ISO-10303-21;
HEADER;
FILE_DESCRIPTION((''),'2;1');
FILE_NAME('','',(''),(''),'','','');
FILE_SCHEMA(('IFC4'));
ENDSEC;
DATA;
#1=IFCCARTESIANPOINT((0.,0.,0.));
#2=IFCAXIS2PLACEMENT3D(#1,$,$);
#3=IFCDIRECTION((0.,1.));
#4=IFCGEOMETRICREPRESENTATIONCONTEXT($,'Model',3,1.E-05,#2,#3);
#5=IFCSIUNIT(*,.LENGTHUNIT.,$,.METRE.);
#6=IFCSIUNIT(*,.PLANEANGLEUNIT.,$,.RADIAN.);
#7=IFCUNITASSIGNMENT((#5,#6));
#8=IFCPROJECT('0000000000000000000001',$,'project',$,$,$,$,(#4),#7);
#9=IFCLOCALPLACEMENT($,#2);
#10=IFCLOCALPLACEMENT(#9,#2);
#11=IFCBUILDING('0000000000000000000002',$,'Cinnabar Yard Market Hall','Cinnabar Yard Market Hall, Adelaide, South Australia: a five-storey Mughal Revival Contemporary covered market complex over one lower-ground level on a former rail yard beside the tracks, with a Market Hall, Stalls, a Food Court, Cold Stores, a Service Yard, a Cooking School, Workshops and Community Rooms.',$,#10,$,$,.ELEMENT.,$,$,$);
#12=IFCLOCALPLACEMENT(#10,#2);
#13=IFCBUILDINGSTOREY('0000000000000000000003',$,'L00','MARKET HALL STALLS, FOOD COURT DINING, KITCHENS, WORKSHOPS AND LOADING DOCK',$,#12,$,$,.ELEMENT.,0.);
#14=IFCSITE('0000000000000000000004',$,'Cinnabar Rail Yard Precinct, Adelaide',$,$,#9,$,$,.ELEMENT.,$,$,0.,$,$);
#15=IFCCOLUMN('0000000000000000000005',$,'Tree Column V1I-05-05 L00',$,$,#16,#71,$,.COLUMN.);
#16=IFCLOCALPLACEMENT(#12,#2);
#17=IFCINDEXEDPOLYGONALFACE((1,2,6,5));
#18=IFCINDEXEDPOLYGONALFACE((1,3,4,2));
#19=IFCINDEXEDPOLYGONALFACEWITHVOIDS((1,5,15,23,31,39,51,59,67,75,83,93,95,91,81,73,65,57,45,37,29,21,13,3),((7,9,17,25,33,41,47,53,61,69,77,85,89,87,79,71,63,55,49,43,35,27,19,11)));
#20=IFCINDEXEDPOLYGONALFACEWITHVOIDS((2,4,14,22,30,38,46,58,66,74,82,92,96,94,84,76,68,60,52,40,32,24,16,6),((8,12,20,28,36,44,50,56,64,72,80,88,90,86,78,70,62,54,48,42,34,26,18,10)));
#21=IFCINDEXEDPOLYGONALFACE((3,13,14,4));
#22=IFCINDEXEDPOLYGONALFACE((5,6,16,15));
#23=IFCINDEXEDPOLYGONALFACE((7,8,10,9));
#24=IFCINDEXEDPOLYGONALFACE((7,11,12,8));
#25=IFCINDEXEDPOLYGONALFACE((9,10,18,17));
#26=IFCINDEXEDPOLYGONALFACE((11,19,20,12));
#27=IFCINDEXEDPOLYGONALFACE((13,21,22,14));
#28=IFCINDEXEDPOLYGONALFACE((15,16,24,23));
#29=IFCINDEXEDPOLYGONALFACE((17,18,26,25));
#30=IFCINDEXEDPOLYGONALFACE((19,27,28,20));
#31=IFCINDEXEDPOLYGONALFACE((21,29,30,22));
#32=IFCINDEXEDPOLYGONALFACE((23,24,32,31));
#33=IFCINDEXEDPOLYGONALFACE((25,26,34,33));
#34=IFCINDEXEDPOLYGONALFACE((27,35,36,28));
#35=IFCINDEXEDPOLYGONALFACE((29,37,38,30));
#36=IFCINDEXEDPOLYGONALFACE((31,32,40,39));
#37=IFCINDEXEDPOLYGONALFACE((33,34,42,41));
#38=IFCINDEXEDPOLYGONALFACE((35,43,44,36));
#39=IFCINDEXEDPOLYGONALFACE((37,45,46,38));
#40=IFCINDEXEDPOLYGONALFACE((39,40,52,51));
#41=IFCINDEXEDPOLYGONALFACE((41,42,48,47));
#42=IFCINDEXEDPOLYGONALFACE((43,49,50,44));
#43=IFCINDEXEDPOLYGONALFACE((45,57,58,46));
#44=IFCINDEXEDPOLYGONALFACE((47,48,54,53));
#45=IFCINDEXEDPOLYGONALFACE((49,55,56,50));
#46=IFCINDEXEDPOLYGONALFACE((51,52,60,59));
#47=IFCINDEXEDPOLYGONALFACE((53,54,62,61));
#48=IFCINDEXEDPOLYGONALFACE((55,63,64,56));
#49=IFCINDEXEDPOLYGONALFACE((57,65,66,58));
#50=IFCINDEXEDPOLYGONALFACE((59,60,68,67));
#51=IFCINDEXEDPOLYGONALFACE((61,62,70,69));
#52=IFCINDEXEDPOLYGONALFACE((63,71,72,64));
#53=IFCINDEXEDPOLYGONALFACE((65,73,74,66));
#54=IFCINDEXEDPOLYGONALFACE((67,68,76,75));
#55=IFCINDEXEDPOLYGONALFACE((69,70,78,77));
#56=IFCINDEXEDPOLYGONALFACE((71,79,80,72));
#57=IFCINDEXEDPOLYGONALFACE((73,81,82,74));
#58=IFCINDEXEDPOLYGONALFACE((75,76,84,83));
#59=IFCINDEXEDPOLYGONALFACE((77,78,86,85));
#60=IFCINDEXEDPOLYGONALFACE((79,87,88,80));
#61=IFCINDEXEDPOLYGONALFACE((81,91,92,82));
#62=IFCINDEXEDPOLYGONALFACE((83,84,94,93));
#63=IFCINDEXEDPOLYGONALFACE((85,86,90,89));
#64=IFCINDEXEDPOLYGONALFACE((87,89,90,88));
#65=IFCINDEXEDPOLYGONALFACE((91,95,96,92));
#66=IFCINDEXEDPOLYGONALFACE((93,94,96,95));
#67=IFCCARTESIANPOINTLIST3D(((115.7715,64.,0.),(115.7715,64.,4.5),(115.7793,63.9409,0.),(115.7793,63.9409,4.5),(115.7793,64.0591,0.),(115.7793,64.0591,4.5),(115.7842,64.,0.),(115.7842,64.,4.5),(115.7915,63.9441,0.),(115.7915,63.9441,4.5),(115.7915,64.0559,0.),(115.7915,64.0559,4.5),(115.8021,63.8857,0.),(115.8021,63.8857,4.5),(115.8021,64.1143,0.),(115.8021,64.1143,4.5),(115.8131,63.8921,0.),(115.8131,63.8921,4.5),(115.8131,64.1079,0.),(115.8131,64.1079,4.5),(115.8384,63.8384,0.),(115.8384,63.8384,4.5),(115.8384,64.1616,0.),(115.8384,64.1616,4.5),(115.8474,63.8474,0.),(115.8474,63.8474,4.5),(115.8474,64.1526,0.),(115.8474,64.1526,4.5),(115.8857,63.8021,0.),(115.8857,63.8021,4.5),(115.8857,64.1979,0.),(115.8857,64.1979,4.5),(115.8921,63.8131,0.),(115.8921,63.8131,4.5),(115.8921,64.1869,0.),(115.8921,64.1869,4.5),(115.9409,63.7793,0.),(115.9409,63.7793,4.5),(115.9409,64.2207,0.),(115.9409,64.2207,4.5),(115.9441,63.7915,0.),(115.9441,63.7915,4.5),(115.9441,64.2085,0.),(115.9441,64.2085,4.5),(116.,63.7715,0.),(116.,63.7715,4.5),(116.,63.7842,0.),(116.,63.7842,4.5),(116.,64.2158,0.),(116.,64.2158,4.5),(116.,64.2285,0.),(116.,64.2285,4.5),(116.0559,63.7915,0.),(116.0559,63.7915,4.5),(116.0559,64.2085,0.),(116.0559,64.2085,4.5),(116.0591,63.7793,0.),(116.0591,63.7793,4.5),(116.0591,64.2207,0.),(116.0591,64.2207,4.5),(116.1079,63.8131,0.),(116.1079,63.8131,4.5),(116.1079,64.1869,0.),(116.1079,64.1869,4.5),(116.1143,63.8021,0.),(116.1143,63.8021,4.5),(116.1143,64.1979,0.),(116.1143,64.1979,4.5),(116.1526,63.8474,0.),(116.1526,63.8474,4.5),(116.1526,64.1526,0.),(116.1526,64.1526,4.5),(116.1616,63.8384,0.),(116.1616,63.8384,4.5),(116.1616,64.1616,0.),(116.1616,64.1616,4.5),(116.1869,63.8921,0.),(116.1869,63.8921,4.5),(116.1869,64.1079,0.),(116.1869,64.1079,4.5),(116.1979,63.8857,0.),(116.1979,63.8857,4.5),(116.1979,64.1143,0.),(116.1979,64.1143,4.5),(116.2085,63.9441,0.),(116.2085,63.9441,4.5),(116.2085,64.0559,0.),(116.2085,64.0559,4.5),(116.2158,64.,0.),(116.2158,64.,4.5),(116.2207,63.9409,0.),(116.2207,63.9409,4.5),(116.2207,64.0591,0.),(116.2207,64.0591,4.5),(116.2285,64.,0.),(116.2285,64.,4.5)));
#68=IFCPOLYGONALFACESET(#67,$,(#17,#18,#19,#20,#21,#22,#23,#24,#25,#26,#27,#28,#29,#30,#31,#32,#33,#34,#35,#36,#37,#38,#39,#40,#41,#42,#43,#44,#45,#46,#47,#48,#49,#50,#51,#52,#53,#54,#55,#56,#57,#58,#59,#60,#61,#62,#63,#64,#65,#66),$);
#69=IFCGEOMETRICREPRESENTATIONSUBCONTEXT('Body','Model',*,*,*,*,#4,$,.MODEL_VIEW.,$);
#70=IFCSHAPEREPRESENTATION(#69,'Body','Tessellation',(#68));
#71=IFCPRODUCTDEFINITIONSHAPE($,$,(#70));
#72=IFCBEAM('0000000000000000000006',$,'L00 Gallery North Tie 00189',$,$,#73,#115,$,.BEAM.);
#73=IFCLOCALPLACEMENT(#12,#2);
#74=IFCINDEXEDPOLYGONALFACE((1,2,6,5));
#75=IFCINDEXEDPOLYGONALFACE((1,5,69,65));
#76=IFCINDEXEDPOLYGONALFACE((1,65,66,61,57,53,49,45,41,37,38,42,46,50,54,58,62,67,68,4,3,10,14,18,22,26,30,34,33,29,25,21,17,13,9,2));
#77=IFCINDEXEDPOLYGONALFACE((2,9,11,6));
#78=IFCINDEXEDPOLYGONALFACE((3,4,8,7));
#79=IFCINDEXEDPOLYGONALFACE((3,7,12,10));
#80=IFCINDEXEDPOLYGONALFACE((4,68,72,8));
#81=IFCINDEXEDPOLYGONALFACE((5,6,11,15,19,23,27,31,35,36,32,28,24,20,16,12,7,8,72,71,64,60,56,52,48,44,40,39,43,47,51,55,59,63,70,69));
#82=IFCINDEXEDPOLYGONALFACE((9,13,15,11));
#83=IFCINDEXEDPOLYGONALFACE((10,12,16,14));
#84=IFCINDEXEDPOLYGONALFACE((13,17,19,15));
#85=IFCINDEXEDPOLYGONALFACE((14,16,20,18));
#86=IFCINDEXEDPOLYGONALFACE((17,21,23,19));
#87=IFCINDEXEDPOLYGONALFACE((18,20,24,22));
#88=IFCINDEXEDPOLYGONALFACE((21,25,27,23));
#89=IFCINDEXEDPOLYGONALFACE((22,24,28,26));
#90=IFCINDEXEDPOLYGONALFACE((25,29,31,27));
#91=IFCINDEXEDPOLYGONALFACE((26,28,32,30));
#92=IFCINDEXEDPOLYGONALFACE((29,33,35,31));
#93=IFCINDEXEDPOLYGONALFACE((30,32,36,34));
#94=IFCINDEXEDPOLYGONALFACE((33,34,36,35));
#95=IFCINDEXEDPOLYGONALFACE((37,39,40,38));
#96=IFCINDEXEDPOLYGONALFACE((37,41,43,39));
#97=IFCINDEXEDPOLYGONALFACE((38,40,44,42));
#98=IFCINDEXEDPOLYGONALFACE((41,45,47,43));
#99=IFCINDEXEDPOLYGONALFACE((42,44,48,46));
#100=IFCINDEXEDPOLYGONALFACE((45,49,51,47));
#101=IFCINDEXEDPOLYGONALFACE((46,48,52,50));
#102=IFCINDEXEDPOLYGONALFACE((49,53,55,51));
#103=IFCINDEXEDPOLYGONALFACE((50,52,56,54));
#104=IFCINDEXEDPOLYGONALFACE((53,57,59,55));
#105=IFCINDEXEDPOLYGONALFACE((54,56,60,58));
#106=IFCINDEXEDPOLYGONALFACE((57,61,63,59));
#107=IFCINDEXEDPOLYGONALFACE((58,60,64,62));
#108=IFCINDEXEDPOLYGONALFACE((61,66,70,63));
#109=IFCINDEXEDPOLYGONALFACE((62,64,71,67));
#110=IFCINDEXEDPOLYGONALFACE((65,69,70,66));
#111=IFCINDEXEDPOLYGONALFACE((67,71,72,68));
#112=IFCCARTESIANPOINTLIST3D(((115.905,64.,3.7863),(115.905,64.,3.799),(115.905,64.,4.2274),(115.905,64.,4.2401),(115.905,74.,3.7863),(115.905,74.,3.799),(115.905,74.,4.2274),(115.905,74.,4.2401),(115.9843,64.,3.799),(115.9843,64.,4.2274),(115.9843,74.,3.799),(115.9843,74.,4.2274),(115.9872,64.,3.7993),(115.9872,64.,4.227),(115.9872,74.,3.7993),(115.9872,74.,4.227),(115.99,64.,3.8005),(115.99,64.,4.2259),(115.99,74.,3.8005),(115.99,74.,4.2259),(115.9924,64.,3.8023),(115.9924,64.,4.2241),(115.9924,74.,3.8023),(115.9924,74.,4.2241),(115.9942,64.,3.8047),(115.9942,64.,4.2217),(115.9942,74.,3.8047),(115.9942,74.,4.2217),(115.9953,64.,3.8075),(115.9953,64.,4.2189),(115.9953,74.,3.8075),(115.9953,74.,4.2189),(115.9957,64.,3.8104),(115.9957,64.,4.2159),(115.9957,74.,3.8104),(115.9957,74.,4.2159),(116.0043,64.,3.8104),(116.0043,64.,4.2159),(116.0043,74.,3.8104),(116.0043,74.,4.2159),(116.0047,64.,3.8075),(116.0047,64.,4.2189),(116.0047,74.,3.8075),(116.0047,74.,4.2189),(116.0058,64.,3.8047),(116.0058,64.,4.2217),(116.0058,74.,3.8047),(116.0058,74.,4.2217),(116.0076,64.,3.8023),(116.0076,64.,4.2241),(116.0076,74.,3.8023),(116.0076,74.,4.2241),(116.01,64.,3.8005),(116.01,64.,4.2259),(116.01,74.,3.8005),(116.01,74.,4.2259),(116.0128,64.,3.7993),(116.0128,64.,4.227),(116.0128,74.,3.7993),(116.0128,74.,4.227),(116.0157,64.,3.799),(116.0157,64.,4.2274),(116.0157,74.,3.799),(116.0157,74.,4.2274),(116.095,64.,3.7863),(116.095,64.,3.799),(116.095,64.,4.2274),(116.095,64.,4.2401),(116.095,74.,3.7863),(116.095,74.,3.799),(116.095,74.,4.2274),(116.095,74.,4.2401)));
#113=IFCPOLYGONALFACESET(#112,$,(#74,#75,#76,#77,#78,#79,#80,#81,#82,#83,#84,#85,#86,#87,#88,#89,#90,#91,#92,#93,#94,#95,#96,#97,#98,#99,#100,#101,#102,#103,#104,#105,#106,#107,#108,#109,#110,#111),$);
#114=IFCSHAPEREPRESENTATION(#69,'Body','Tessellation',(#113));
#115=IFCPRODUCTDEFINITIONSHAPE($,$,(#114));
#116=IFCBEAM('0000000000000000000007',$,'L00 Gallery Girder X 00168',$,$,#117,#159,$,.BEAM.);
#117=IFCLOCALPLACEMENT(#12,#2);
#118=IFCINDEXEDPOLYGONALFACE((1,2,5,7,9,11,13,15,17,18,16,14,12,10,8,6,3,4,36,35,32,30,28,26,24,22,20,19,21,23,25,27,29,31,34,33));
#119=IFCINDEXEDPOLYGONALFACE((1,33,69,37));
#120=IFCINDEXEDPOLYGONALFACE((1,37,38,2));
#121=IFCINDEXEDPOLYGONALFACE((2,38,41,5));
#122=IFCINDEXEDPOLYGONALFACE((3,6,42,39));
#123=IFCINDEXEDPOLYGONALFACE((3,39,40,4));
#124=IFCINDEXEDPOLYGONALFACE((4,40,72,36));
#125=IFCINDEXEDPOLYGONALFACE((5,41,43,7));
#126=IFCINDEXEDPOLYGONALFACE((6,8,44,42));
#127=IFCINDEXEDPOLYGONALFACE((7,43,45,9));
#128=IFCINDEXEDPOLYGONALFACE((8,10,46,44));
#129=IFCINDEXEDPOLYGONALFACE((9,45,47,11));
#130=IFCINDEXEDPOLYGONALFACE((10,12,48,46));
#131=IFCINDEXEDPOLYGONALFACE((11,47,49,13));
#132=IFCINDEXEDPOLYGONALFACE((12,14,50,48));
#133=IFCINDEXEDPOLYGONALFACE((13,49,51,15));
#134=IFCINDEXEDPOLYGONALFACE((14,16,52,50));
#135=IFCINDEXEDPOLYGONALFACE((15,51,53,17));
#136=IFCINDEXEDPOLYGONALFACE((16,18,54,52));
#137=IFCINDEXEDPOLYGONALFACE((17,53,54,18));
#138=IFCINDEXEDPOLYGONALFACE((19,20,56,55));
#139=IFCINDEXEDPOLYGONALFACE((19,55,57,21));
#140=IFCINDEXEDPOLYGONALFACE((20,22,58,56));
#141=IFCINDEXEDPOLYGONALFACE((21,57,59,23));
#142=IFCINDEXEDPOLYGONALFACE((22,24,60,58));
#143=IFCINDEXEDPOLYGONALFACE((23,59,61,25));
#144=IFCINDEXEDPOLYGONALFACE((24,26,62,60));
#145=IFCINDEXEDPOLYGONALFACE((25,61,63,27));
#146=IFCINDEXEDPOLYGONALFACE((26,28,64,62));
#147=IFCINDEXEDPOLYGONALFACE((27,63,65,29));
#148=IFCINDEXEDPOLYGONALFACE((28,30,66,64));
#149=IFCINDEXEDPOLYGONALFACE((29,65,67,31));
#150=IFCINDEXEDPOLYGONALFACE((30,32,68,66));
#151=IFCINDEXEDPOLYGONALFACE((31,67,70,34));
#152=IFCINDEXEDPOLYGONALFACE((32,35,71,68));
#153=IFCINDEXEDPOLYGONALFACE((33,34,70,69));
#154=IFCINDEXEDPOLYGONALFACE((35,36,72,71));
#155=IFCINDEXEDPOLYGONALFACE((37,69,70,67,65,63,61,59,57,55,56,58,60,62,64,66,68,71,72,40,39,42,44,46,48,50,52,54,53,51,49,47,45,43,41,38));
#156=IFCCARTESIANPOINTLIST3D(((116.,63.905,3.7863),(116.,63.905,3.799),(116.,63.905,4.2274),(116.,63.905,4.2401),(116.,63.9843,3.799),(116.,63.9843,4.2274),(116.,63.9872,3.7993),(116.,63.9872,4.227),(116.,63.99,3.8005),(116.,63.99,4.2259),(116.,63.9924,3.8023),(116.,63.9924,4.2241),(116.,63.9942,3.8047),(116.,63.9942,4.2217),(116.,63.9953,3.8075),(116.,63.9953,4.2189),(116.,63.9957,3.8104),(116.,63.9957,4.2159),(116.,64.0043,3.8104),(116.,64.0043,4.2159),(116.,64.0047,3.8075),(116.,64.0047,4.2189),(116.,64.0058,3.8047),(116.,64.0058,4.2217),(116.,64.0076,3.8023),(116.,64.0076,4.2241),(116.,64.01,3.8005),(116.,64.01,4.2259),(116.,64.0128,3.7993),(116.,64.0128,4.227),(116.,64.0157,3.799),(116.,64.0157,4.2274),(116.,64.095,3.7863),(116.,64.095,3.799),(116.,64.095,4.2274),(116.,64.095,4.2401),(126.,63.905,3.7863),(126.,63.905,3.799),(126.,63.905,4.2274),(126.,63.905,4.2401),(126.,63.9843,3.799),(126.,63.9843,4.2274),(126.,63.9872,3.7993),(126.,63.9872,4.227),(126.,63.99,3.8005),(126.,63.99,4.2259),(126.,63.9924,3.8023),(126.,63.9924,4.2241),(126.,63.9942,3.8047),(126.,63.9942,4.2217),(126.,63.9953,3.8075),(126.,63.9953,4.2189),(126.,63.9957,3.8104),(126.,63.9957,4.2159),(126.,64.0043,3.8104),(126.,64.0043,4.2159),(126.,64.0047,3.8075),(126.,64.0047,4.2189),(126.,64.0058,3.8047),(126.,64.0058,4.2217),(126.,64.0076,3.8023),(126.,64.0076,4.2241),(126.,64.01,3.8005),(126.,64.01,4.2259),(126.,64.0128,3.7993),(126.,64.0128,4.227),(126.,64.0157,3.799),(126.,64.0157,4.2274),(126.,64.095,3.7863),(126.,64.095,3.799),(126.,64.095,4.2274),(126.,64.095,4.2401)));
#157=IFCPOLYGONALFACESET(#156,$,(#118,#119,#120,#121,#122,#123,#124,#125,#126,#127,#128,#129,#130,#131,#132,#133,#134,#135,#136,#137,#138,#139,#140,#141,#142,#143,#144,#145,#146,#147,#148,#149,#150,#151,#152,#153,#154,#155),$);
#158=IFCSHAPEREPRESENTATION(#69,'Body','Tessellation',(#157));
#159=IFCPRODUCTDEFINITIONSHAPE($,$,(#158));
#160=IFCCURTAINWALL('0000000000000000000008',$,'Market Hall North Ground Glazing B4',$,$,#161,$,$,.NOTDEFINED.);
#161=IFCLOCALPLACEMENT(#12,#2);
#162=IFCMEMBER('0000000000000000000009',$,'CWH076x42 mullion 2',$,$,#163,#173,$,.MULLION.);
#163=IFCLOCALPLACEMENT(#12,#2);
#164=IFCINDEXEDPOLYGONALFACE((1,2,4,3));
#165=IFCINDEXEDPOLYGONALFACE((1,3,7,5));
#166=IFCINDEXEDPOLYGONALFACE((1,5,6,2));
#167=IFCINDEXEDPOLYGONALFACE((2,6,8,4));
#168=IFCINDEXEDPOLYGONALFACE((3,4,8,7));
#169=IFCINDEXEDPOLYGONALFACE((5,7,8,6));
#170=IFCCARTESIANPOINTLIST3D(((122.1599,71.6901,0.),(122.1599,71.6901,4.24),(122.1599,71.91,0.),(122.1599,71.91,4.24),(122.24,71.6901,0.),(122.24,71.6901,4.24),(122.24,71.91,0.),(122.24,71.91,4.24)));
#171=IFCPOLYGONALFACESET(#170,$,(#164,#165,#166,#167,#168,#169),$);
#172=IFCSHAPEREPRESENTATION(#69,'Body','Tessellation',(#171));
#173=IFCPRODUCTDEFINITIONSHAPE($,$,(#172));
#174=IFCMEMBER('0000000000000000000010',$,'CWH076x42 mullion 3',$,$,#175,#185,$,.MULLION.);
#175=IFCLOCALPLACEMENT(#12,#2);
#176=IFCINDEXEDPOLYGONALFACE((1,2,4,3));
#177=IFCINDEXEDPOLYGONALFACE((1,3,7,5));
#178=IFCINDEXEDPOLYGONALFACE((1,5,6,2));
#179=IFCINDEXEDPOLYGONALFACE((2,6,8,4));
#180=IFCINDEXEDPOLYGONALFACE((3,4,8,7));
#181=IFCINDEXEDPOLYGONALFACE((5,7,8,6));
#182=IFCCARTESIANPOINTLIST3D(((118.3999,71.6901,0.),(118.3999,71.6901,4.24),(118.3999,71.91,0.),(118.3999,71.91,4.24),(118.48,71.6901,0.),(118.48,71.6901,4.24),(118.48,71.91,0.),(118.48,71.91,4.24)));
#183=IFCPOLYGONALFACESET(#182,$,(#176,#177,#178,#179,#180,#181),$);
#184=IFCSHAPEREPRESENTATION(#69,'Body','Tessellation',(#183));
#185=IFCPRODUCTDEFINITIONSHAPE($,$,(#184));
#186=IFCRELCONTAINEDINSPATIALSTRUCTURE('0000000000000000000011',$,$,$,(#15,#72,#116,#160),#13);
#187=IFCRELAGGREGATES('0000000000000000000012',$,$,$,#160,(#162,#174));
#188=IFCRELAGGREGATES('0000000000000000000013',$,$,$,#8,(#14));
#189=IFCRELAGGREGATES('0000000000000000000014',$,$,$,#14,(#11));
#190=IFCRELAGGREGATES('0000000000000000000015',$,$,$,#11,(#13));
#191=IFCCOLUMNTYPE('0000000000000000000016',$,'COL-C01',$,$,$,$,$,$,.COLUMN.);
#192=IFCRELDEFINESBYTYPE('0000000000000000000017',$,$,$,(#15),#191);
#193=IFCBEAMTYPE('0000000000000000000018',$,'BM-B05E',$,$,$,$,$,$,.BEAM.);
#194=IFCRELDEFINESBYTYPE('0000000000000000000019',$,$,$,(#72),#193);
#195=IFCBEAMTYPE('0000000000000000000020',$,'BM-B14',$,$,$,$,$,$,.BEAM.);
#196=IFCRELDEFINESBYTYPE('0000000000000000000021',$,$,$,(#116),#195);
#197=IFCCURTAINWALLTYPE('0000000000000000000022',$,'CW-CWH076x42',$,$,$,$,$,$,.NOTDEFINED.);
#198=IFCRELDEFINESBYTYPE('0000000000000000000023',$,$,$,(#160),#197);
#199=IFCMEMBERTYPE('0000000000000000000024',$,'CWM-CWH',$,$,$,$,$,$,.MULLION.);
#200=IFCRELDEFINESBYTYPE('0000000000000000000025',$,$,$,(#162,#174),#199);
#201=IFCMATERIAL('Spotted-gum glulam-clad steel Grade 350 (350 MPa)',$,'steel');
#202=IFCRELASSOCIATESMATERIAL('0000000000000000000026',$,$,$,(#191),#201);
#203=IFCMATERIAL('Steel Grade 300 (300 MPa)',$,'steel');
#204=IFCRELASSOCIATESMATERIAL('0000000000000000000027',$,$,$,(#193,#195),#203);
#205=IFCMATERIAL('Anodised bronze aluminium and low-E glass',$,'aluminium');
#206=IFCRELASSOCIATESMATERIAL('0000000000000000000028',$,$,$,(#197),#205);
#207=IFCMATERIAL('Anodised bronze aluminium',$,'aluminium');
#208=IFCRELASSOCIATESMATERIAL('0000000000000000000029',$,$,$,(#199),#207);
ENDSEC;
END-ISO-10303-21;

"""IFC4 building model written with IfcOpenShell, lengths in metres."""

from ifc_helpers import new_model, si_unit, direction, frame, origin, origin_2d_with_axis, place, context, subcontext, project, spatial, rectangle, hollow_circle, i_section, extrude, material, material_profile, profile_set, type_object, element, aggregate, save


model = new_model("IFC4")

# Units and contexts
model_context = context("Model", 3, precision=1e-05, world=origin(), true_north=direction((0.0, 1.0)))
body_context = subcontext(model_context, "Body", "Model", "MODEL_VIEW")
ifc_project = project(units=[si_unit("LENGTHUNIT", "METRE"), si_unit("PLANEANGLEUNIT", "RADIAN")], contexts=[model_context])

# Site, building, storey
site_placement = place(None, origin())
site = spatial("IfcSite", under=ifc_project, at=site_placement, Name="Cinnabar Rail Yard Precinct, Adelaide", CompositionType="ELEMENT", RefElevation=0.0)
building_placement = place(site_placement, origin())
building = spatial("IfcBuilding", under=site, at=building_placement, Name="Cinnabar Yard Market Hall", Description="Cinnabar Yard Market Hall, Adelaide, South Australia: a five-storey Mughal Revival Contemporary covered market complex over one lower-ground level on a former rail yard beside the tracks, with a Market Hall, Stalls, a Food Court, Cold Stores, a Service Yard, a Cooking School, Workshops and Community Rooms.", CompositionType="ELEMENT")
storey_placement = place(building_placement, origin())
storey = spatial("IfcBuildingStorey", under=building, at=storey_placement, Name="L00", Description="MARKET HALL STALLS, FOOD COURT DINING, KITCHENS, WORKSHOPS AND LOADING DOCK", CompositionType="ELEMENT", Elevation=0.0)

# Column
ifc_material_1 = material(Name="Spotted-gum glulam-clad steel Grade 350 (350 MPa)", Category="steel")
ifc_material_profile_1 = material_profile(ifc_material_1, hollow_circle(Radius=0.2285, WallThickness=0.0127, at=origin_2d_with_axis()), Name="457.0x12.7CHS")
ifc_profile_set_1 = profile_set([ifc_material_profile_1], Name="Spotted-gum glulam-clad steel Grade 350 (350 MPa)")
column_type = type_object("IfcColumnType", Name="COL-C01", PredefinedType="COLUMN", material=ifc_profile_set_1)
column_placement = place(storey_placement, frame((116.0, 64.0, 0.0), z_axis=(0.0, 0.0, 1.0), x_axis=(1.0, 0.0, 0.0)))
element("IfcColumn", 1, at=column_placement, inside=storey, type_object=column_type, Name="Tree Column V1I-05-05 L00", PredefinedType="COLUMN", context=body_context, shape_type="SweptSolid", body=[
    extrude(hollow_circle(Radius=0.2285, WallThickness=0.0127, at=origin_2d_with_axis()), origin(), (0.0, 0.0, 1.0), 4.5),
])

# Beams
ifc_material_2 = material(Name="Steel Grade 300 (300 MPa)", Category="steel")
ifc_material_profile_2 = material_profile(ifc_material_2, i_section(OverallWidth=0.1899, OverallDepth=0.4539, WebThickness=0.0085, FlangeThickness=0.0127, FilletRadius=0.0115, at=origin_2d_with_axis()), Name="460UB67.1")
ifc_profile_set_2 = profile_set([ifc_material_profile_2], Name="Steel Grade 300 (300 MPa)")
beam_type_1 = type_object("IfcBeamType", Name="BM-B05E", PredefinedType="BEAM", material=ifc_profile_set_2)
beam_1_placement = place(storey_placement, frame((116.0, 64.0, 4.0132), z_axis=(0.0, 1.0, 0.0), x_axis=(-1.0, 0.0, 0.0)))
element("IfcBeam", 2, at=beam_1_placement, inside=storey, type_object=beam_type_1, Name="L00 Gallery North Tie 00189", PredefinedType="BEAM", context=body_context, shape_type="SweptSolid", body=[
    extrude(i_section(OverallWidth=0.1899, OverallDepth=0.4539, WebThickness=0.0085, FlangeThickness=0.0127, FilletRadius=0.0115, at=origin_2d_with_axis()), origin(), (0.0, 0.0, 1.0), 10.0),
])
ifc_material_profile_3 = material_profile(ifc_material_2, i_section(OverallWidth=0.1899, OverallDepth=0.4539, WebThickness=0.0085, FlangeThickness=0.0127, FilletRadius=0.0115, at=origin_2d_with_axis()), Name="460UB67.1")
ifc_profile_set_3 = profile_set([ifc_material_profile_3], Name="Steel Grade 300 (300 MPa)")
beam_type_2 = type_object("IfcBeamType", Name="BM-B14", PredefinedType="BEAM", material=ifc_profile_set_3)
beam_2_placement = place(storey_placement, frame((116.0, 64.0, 4.0132), z_axis=(1.0, 0.0, 0.0), x_axis=(0.0, 1.0, 0.0)))
element("IfcBeam", 3, at=beam_2_placement, inside=storey, type_object=beam_type_2, Name="L00 Gallery Girder X 00168", PredefinedType="BEAM", context=body_context, shape_type="SweptSolid", body=[
    extrude(i_section(OverallWidth=0.1899, OverallDepth=0.4539, WebThickness=0.0085, FlangeThickness=0.0127, FilletRadius=0.0115, at=origin_2d_with_axis()), origin(), (0.0, 0.0, 1.0), 10.0),
])

# Curtain wall, members
ifc_material_3 = material(Name="Anodised bronze aluminium and low-E glass", Category="aluminium")
curtain_wall_type = type_object("IfcCurtainWallType", Name="CW-CWH076x42", PredefinedType="NOTDEFINED", material=ifc_material_3)
curtain_wall_placement = place(storey_placement, origin())
curtain_wall = element("IfcCurtainWall", 4, at=curtain_wall_placement, inside=storey, type_object=curtain_wall_type, Name="Market Hall North Ground Glazing B4", PredefinedType="NOTDEFINED")
ifc_material_4 = material(Name="Anodised bronze aluminium", Category="aluminium")
ifc_material_profile_4 = material_profile(ifc_material_4, rectangle(XDim=0.22, YDim=0.0801, at=origin_2d_with_axis()), Name="MUL-CWH")
ifc_profile_set_4 = profile_set([ifc_material_profile_4], Name="Anodised bronze aluminium")
member_type_1 = type_object("IfcMemberType", Name="CWM-CWH", PredefinedType="MULLION", material=ifc_profile_set_4)
member_1_placement = place(storey_placement, frame((122.2, 71.8, 0.0), z_axis=(0.0, 0.0, 1.0), x_axis=(0.0, -1.0, 0.0)))
member_1 = element("IfcMember", 5, at=member_1_placement, type_object=member_type_1, Name="CWH076x42 mullion 2", PredefinedType="MULLION", context=body_context, shape_type="SweptSolid", body=[
    extrude(rectangle(XDim=0.22, YDim=0.0801, at=origin_2d_with_axis()), origin(), (0.0, 0.0, 1.0), 4.24),
])
member_2_placement = place(storey_placement, frame((118.4399, 71.8, 0.0), z_axis=(0.0, 0.0, 1.0), x_axis=(0.0, -1.0, 0.0)))
member_2 = element("IfcMember", 6, at=member_2_placement, type_object=member_type_1, Name="CWH076x42 mullion 3", PredefinedType="MULLION", context=body_context, shape_type="SweptSolid", body=[
    extrude(rectangle(XDim=0.22, YDim=0.0801, at=origin_2d_with_axis()), origin(), (0.0, 0.0, 1.0), 4.24),
])
aggregate(curtain_wall, [member_1, member_2])

save(model, "model.ifc")
